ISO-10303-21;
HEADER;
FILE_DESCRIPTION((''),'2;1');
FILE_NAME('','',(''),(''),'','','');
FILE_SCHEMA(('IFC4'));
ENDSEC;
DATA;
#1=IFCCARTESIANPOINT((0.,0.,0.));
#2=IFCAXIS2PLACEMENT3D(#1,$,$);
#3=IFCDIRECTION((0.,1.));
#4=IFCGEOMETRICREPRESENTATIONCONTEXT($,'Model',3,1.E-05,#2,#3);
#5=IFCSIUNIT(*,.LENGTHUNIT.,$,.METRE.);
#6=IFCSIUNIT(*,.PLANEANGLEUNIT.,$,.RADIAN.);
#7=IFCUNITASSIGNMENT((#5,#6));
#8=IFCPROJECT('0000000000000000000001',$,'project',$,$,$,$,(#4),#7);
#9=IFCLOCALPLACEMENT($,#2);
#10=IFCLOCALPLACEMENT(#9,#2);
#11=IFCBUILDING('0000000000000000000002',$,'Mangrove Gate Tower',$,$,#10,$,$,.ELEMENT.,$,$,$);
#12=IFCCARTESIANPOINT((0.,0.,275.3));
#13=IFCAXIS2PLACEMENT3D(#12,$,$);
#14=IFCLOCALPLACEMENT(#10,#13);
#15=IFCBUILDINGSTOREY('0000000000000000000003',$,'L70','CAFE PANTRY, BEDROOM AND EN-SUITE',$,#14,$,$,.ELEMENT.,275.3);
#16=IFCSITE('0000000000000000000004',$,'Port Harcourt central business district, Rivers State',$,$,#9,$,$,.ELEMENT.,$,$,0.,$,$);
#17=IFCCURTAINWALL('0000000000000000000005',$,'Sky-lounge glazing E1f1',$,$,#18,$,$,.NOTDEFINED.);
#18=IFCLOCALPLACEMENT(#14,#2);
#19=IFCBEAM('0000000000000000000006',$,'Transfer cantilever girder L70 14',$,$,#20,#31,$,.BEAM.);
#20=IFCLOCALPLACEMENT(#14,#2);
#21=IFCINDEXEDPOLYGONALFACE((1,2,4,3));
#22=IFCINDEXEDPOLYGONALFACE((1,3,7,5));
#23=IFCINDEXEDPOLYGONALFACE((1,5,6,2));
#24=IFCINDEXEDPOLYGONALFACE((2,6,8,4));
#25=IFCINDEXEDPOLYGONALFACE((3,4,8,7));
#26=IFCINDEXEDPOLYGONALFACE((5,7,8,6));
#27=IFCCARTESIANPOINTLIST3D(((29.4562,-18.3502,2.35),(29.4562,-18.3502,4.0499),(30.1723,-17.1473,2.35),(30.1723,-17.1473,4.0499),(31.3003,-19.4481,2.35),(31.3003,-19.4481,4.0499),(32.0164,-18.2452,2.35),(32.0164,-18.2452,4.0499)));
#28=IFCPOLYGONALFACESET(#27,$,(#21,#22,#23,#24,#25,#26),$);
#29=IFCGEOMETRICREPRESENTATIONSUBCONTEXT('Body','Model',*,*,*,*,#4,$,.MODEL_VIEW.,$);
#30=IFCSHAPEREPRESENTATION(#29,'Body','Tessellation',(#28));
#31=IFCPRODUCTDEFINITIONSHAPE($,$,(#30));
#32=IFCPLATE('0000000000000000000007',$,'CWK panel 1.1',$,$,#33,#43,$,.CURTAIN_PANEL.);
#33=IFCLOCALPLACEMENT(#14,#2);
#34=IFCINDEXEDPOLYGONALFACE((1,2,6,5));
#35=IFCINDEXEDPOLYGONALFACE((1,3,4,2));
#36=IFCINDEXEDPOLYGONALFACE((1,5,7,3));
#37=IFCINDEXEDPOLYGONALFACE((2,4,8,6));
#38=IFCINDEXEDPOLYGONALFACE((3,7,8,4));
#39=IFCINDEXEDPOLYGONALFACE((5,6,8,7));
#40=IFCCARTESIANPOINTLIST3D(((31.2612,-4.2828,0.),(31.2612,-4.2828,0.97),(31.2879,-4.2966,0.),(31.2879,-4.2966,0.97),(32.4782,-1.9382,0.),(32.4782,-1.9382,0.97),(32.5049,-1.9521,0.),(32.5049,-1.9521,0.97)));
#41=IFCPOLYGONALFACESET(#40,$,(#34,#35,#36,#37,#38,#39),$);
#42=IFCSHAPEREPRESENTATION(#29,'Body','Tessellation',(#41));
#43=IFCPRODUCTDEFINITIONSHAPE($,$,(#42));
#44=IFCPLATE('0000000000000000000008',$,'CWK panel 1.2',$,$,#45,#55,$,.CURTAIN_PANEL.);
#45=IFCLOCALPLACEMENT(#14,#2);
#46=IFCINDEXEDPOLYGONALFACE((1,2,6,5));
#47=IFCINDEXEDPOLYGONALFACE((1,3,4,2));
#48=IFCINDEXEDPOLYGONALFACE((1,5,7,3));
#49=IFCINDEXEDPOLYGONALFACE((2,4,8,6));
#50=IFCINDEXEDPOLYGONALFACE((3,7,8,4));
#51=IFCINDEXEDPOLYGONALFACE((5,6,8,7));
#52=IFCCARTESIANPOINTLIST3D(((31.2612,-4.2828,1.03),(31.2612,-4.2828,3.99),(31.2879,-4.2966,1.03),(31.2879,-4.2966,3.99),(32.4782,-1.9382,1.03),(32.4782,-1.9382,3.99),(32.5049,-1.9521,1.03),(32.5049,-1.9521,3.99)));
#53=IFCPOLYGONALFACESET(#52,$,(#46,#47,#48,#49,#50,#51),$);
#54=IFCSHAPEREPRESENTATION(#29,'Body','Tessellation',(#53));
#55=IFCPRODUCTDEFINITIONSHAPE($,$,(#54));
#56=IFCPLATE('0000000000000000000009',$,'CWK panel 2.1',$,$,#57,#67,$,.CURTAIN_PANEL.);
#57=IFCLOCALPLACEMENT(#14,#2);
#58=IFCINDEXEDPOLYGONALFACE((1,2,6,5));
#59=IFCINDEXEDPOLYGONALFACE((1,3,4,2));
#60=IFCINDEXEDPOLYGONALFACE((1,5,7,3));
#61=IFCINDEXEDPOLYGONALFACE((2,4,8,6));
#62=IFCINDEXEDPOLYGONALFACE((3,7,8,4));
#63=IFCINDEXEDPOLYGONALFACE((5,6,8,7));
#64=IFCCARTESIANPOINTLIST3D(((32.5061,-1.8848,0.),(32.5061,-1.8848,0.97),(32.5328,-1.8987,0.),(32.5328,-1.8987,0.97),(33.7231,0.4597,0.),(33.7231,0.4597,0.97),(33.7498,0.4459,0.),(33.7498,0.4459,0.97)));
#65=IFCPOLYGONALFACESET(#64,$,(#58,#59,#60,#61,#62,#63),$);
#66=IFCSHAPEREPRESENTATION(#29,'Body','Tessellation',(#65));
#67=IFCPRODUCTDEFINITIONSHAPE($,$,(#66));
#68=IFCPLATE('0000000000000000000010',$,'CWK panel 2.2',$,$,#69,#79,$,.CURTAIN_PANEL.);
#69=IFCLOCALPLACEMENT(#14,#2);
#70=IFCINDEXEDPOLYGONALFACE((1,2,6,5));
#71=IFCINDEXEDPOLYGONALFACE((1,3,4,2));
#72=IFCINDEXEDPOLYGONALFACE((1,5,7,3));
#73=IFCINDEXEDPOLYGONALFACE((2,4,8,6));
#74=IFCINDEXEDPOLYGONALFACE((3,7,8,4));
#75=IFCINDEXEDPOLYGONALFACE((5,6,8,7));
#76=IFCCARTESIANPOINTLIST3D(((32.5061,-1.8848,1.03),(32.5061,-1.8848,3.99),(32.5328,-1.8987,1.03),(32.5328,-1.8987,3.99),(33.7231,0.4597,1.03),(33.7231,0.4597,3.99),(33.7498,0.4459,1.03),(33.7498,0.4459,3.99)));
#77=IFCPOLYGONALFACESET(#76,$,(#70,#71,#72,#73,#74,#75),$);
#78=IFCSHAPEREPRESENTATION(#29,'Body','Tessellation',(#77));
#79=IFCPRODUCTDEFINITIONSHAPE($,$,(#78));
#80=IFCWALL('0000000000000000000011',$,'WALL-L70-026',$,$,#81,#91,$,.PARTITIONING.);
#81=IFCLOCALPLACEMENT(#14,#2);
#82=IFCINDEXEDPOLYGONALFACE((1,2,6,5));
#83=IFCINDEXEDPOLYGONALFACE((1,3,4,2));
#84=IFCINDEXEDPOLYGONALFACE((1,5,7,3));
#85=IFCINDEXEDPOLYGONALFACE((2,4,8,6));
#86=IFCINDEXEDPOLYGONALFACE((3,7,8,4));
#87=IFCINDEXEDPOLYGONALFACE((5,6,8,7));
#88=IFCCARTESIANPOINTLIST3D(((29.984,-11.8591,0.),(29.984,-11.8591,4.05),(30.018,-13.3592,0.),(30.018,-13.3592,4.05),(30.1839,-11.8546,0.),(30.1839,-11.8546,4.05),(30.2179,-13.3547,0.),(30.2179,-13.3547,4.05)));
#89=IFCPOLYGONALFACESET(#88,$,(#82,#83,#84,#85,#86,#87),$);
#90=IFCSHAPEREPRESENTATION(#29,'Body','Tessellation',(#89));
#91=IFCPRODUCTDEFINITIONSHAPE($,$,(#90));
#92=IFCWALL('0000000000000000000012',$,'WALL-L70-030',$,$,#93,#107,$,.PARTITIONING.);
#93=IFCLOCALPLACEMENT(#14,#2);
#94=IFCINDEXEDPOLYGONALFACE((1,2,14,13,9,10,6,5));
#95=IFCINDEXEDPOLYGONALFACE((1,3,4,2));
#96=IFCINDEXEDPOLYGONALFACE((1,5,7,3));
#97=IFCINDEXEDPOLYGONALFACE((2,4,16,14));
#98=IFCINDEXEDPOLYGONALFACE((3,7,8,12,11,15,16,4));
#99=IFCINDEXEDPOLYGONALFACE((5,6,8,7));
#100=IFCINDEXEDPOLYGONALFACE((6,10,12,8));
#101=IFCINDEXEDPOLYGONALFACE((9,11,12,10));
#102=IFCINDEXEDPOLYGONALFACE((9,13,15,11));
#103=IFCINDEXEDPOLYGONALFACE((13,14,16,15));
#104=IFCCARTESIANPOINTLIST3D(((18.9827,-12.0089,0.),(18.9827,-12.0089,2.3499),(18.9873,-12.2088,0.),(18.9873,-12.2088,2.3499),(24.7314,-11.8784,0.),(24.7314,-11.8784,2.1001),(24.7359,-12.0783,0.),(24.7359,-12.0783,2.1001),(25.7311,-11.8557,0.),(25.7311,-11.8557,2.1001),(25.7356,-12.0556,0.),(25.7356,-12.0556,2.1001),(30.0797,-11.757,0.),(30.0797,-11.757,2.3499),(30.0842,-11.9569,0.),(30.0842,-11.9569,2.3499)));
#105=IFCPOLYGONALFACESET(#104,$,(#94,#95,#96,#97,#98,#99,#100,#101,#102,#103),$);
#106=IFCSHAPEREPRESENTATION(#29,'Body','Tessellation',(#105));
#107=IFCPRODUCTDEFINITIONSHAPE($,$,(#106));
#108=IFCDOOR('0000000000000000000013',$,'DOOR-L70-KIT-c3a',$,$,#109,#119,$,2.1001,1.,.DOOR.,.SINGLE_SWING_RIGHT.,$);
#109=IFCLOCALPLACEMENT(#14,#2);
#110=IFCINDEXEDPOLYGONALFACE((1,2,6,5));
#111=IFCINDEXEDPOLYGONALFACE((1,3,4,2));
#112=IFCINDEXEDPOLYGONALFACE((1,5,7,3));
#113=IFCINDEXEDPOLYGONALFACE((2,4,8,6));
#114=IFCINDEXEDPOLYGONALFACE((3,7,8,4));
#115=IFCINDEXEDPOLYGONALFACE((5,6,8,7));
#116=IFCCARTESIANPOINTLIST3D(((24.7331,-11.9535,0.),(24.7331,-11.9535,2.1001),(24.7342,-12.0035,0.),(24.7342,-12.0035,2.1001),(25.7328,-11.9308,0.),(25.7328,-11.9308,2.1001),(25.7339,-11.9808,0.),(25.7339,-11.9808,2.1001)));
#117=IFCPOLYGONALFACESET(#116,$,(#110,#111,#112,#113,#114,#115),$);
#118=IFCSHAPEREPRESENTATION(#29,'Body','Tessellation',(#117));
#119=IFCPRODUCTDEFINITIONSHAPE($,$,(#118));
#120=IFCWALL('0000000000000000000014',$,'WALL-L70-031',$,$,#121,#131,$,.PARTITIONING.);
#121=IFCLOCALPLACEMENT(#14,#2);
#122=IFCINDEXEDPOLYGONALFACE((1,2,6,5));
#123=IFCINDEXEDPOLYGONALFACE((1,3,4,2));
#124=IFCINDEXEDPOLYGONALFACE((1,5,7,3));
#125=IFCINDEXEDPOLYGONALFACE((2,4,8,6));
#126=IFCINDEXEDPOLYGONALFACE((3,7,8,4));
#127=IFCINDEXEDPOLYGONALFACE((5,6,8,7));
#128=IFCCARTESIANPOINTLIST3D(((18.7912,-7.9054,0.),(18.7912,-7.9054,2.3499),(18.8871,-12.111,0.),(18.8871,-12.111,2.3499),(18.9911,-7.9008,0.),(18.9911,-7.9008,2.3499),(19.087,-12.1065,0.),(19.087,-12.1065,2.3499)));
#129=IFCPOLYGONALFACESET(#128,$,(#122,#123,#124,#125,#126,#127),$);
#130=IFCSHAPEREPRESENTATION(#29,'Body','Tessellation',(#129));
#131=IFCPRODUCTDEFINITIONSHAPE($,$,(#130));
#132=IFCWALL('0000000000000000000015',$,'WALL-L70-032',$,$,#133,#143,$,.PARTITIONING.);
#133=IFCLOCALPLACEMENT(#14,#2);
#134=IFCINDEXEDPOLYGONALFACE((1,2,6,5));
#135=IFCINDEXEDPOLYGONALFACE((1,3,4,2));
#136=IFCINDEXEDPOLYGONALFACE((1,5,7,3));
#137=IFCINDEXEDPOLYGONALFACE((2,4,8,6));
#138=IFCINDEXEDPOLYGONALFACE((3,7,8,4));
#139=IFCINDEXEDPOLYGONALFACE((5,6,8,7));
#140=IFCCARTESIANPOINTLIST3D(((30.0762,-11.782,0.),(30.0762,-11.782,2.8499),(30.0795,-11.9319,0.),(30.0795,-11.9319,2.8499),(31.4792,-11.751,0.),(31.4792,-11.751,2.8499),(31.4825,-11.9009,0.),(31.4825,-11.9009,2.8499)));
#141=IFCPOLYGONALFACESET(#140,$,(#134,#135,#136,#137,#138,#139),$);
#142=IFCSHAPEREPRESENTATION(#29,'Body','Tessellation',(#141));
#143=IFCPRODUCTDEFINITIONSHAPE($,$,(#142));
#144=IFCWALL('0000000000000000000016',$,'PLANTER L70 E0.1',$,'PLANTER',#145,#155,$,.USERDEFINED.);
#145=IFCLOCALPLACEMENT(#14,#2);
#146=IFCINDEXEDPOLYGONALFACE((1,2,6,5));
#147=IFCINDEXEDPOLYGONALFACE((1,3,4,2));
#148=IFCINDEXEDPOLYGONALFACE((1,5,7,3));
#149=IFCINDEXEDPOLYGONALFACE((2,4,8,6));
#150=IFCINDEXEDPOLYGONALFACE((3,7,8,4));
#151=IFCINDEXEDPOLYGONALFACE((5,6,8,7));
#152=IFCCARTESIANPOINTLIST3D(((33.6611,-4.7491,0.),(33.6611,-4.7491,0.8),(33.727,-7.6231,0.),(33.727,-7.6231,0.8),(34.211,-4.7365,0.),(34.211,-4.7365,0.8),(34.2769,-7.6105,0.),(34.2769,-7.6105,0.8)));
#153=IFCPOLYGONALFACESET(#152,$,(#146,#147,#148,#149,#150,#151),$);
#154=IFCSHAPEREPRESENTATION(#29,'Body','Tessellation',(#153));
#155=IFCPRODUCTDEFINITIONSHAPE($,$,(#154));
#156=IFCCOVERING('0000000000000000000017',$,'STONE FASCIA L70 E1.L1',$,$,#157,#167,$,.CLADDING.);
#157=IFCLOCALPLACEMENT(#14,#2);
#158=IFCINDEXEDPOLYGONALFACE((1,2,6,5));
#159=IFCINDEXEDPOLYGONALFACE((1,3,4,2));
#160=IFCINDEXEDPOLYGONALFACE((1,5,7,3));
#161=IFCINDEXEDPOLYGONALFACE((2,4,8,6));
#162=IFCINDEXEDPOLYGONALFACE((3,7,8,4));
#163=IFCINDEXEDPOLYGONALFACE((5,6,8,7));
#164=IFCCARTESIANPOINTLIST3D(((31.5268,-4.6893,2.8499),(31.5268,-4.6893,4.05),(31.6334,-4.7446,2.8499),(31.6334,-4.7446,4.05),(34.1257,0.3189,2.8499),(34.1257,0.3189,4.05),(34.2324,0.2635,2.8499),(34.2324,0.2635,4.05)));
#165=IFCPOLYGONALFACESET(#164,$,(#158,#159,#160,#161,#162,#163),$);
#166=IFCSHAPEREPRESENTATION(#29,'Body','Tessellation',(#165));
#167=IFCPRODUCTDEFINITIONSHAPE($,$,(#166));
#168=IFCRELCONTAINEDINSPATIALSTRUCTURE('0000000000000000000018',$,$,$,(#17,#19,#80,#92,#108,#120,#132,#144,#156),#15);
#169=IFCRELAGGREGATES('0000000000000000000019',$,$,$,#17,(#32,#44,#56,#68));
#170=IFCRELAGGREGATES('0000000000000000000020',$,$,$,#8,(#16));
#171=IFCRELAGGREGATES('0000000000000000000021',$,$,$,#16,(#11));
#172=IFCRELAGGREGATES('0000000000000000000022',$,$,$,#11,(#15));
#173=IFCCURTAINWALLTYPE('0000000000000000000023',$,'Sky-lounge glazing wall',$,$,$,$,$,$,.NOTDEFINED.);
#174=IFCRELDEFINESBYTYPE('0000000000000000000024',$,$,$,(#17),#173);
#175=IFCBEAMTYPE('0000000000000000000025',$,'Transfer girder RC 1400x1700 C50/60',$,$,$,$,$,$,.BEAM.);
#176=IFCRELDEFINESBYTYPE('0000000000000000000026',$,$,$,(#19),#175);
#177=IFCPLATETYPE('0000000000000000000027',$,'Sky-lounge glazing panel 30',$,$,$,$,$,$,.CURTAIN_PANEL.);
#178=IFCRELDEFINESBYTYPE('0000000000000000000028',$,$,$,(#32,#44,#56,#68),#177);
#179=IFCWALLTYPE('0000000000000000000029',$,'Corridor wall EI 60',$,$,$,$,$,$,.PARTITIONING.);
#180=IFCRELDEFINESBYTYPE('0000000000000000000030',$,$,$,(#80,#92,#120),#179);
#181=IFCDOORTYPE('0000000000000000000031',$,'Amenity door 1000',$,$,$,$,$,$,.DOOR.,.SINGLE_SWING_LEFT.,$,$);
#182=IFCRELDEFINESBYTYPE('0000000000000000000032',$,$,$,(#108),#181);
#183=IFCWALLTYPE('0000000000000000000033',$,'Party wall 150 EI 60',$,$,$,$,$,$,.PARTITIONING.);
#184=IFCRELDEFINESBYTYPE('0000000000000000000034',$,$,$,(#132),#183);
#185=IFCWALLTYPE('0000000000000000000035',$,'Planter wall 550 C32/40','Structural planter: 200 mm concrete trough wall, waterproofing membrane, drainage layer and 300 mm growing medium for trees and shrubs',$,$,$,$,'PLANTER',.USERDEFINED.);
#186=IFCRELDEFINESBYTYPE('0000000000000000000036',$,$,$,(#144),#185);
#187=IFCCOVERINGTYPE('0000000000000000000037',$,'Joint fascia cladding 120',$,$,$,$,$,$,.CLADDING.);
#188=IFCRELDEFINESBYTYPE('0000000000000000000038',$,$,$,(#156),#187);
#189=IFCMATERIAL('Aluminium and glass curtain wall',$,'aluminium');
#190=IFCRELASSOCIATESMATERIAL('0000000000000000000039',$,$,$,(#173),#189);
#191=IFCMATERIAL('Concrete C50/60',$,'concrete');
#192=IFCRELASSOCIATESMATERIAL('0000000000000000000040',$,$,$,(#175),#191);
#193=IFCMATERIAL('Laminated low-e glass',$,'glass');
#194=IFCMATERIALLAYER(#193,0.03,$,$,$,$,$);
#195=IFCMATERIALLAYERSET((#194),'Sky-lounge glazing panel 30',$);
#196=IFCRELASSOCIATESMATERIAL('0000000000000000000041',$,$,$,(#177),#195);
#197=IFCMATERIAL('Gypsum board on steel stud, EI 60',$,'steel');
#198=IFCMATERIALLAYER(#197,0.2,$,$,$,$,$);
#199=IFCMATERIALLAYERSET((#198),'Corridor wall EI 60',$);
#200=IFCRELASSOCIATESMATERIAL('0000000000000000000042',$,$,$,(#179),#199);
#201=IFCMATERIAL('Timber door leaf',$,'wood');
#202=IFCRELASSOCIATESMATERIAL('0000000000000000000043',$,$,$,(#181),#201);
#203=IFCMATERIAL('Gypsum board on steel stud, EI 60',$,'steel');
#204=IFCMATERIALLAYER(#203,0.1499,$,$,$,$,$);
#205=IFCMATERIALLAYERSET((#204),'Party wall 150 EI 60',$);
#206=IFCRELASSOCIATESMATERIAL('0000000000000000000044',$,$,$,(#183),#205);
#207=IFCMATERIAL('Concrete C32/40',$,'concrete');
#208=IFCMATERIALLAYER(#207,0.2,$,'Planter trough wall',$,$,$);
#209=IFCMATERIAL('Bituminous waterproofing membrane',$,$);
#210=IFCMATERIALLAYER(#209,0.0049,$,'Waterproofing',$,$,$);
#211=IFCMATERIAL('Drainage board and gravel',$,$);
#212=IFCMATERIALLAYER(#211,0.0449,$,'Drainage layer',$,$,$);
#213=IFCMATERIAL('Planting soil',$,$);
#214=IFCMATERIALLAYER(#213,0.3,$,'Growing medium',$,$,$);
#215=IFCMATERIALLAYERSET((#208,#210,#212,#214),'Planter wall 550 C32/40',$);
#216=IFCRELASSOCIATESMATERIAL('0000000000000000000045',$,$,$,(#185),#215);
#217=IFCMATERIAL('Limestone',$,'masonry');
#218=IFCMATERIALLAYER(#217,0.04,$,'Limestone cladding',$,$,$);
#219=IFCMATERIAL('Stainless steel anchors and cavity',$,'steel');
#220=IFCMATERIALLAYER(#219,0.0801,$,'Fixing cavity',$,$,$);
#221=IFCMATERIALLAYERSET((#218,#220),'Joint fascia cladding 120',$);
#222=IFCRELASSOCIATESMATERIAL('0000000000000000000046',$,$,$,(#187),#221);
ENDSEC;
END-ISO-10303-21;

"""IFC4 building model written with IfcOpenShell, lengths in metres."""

from ifc_helpers import new_model, si_unit, direction, frame, frame_2d, origin, origin_2d, place, context, subcontext, project, spatial, rectangle, extrude, material, layer, layer_set, material_profile, profile_set, type_object, element, fill, aggregate, save


model = new_model("IFC4")

# Units and contexts
model_context = context("Model", 3, precision=1e-05, world=origin(), true_north=direction((0.0, 1.0)))
body_context = subcontext(model_context, "Body", "Model", "MODEL_VIEW")
ifc_project = project(units=[si_unit("LENGTHUNIT", "METRE"), si_unit("PLANEANGLEUNIT", "RADIAN")], contexts=[model_context])

# Site, building, storey
site_placement = place(None, origin())
site = spatial("IfcSite", under=ifc_project, at=site_placement, Name="Port Harcourt central business district, Rivers State", CompositionType="ELEMENT", RefElevation=0.0)
building_placement = place(site_placement, origin())
building = spatial("IfcBuilding", under=site, at=building_placement, Name="Mangrove Gate Tower", CompositionType="ELEMENT")
storey_placement = place(building_placement, frame((0.0, 0.0, 275.3)))
storey = spatial("IfcBuildingStorey", under=building, at=storey_placement, Name="L70", Description="CAFE PANTRY, BEDROOM AND EN-SUITE", CompositionType="ELEMENT", Elevation=275.3)

# Curtain wall
ifc_material_1 = material(Name="Aluminium and glass curtain wall", Category="aluminium")
curtain_wall_type = type_object("IfcCurtainWallType", Name="Sky-lounge glazing wall", PredefinedType="NOTDEFINED", material=ifc_material_1)
curtain_wall_placement = place(storey_placement, origin())
curtain_wall = element("IfcCurtainWall", 1, at=curtain_wall_placement, inside=storey, type_object=curtain_wall_type, Name="Sky-lounge glazing E1f1", PredefinedType="NOTDEFINED")

# Beam
ifc_material_2 = material(Name="Concrete C50/60", Category="concrete")
ifc_material_profile_1 = material_profile(ifc_material_2, rectangle(XDim=1.3999, YDim=1.7, at=origin_2d()))
ifc_profile_set_1 = profile_set([ifc_material_profile_1], Name="Concrete C50/60")
beam_type_1 = type_object("IfcBeamType", Name="Transfer girder RC 1400x1700 C50/60", PredefinedType="BEAM", material=ifc_profile_set_1)
beam_1_placement = place(storey_placement, frame((29.8142, -17.7488, 3.2), z_axis=(0.859264, -0.511532, 0.0), x_axis=(0.511532, 0.859264, 0.0)))
element("IfcBeam", 2, at=beam_1_placement, inside=storey, type_object=beam_type_1, Name="Transfer cantilever girder L70 14", PredefinedType="BEAM", context=body_context, shape_type="SweptSolid", body=[
    extrude(rectangle(XDim=1.3999, YDim=1.7, at=origin_2d()), origin(), (0.0, 0.0, 1.0), 2.1462),
])

# Plates
ifc_material_3 = material(Name="Laminated low-e glass", Category="glass")
ifc_layer_1 = layer(ifc_material_3, 0.03)
ifc_layer_set_1 = layer_set([ifc_layer_1], Name="Sky-lounge glazing panel 30")
plate_type = type_object("IfcPlateType", Name="Sky-lounge glazing panel 30", PredefinedType="CURTAIN_PANEL", material=ifc_layer_set_1)
plate_1_placement = place(storey_placement, frame((31.8831, -3.1174, 0.0), z_axis=(0.0, 0.0, 1.0), x_axis=(0.460707, 0.887552, 0.0)))
plate_1 = element("IfcPlate", 3, at=plate_1_placement, type_object=plate_type, Name="CWK panel 1.1", PredefinedType="CURTAIN_PANEL", context=body_context, shape_type="SweptSolid", body=[
    extrude(rectangle(XDim=2.6416, YDim=0.03, at=origin_2d()), origin(), (0.0, 0.0, 1.0), 0.97),
])
plate_2_placement = place(storey_placement, frame((31.8831, -3.1174, 1.03), z_axis=(0.0, 0.0, 1.0), x_axis=(0.460707, 0.887552, 0.0)))
plate_2 = element("IfcPlate", 4, at=plate_2_placement, type_object=plate_type, Name="CWK panel 1.2", PredefinedType="CURTAIN_PANEL", context=body_context, shape_type="SweptSolid", body=[
    extrude(rectangle(XDim=2.6416, YDim=0.03, at=origin_2d()), origin(), (0.0, 0.0, 1.0), 2.96),
])
plate_3_placement = place(storey_placement, frame((33.1279, -0.7195, 0.0), z_axis=(0.0, 0.0, 1.0), x_axis=(0.460707, 0.887552, 0.0)))
plate_3 = element("IfcPlate", 5, at=plate_3_placement, type_object=plate_type, Name="CWK panel 2.1", PredefinedType="CURTAIN_PANEL", context=body_context, shape_type="SweptSolid", body=[
    extrude(rectangle(XDim=2.6416, YDim=0.03, at=origin_2d()), origin(), (0.0, 0.0, 1.0), 0.97),
])
plate_4_placement = place(storey_placement, frame((33.1279, -0.7195, 1.03), z_axis=(0.0, 0.0, 1.0), x_axis=(0.460707, 0.887552, 0.0)))
plate_4 = element("IfcPlate", 6, at=plate_4_placement, type_object=plate_type, Name="CWK panel 2.2", PredefinedType="CURTAIN_PANEL", context=body_context, shape_type="SweptSolid", body=[
    extrude(rectangle(XDim=2.6416, YDim=0.03, at=origin_2d()), origin(), (0.0, 0.0, 1.0), 2.96),
])
aggregate(curtain_wall, [plate_1, plate_2, plate_3, plate_4])

# Wall
ifc_material_4 = material(Name="Gypsum board on steel stud, EI 60", Category="steel")
ifc_layer_2 = layer(ifc_material_4, 0.2)
ifc_layer_set_2 = layer_set([ifc_layer_2], Name="Corridor wall EI 60")
wall_type_1 = type_object("IfcWallType", Name="Corridor wall EI 60", PredefinedType="PARTITIONING", material=ifc_layer_set_2)
wall_1_placement = place(storey_placement, frame((30.1179, -13.3569, 0.0), z_axis=(0.0, 0.0, 1.0), x_axis=(-0.022618, 0.999744, 0.0)))
element("IfcWall", 7, at=wall_1_placement, inside=storey, type_object=wall_type_1, Name="WALL-L70-026", PredefinedType="PARTITIONING", context=body_context, shape_type="SweptSolid", body=[
    extrude(rectangle(XDim=1.5005, YDim=0.2, at=frame_2d((0.7502, 0.0))), origin(), (0.0, 0.0, 1.0), 4.05),
])

# Wall, opening, door
wall_2_placement = place(storey_placement, frame((18.9851, -12.1089, 0.0), z_axis=(0.0, 0.0, 1.0), x_axis=(0.999742, 0.022699, 0.0)))
wall_2 = element("IfcWall", 8, at=wall_2_placement, inside=storey, type_object=wall_type_1, Name="WALL-L70-030", PredefinedType="PARTITIONING", context=body_context, shape_type="SweptSolid", body=[
    extrude(rectangle(XDim=11.0999, YDim=0.2, at=frame_2d((5.5498, 0.0))), origin(), (0.0, 0.0, 1.0), 2.3499),
])
opening_placement = place(wall_2_placement, frame((5.75, 0.0, 0.0)))
opening = element("IfcOpeningElement", 9, at=opening_placement, cuts=wall_2, PredefinedType="OPENING", context=body_context, shape_type="SweptSolid", body=[
    extrude(rectangle(XDim=1.0, YDim=2.1001, at=frame_2d((0.5, 1.05))), frame((0.0, 0.1099, 0.0), z_axis=(0.0, -1.0, 0.0), x_axis=(1.0, 0.0, 0.0)), (0.0, 0.0, 1.0), 0.22),
])
ifc_material_5 = material(Name="Timber door leaf", Category="wood")
door_type = type_object("IfcDoorType", Name="Amenity door 1000", OperationType="SINGLE_SWING_LEFT", PredefinedType="DOOR", material=ifc_material_5)
door_placement = place(opening_placement, origin())
door = element("IfcDoor", 10, at=door_placement, inside=storey, type_object=door_type, Name="DOOR-L70-KIT-c3a", OperationType="SINGLE_SWING_RIGHT", OverallHeight=2.1001, OverallWidth=1.0, PredefinedType="DOOR", context=body_context, shape_type="SweptSolid", body=[
    extrude(rectangle(XDim=1.0, YDim=2.1001, at=frame_2d((0.5, 1.05))), frame((0.0, 0.0249, 0.0), z_axis=(0.0, -1.0, 0.0), x_axis=(1.0, 0.0, 0.0)), (0.0, 0.0, 1.0), 0.05),
])
fill(opening, door)

# Walls
wall_3_placement = place(storey_placement, frame((18.9871, -12.1089, 0.0), z_axis=(0.0, 0.0, 1.0), x_axis=(-0.022807, 0.99974, 0.0)))
element("IfcWall", 11, at=wall_3_placement, inside=storey, type_object=wall_type_1, Name="WALL-L70-031", PredefinedType="PARTITIONING", context=body_context, shape_type="SweptSolid", body=[
    extrude(rectangle(XDim=4.2068, YDim=0.2, at=frame_2d((2.1035, 0.0))), origin(), (0.0, 0.0, 1.0), 2.3499),
])
ifc_material_6 = material(Name="Gypsum board on steel stud, EI 60", Category="steel")
ifc_layer_3 = layer(ifc_material_6, 0.1499)
ifc_layer_set_3 = layer_set([ifc_layer_3], Name="Party wall 150 EI 60")
wall_type_2 = type_object("IfcWallType", Name="Party wall 150 EI 60", PredefinedType="PARTITIONING", material=ifc_layer_set_3)
wall_4_placement = place(storey_placement, frame((30.0779, -11.8569, 0.0), z_axis=(0.0, 0.0, 1.0), x_axis=(0.999756, 0.022093, 0.0)))
element("IfcWall", 12, at=wall_4_placement, inside=storey, type_object=wall_type_2, Name="WALL-L70-032", PredefinedType="PARTITIONING", context=body_context, shape_type="SweptSolid", body=[
    extrude(rectangle(XDim=1.4033, YDim=0.1499, at=frame_2d((0.7017, 0.0))), origin(), (0.0, 0.0, 1.0), 2.8499),
])
ifc_material_7 = material(Name="Concrete C32/40", Category="concrete")
ifc_layer_4 = layer(ifc_material_7, 0.2, Name="Planter trough wall")
ifc_material_8 = material(Name="Bituminous waterproofing membrane")
ifc_layer_5 = layer(ifc_material_8, 0.0049, Name="Waterproofing")
ifc_material_9 = material(Name="Drainage board and gravel")
ifc_layer_6 = layer(ifc_material_9, 0.0449, Name="Drainage layer")
ifc_material_10 = material(Name="Planting soil")
ifc_layer_7 = layer(ifc_material_10, 0.3, Name="Growing medium")
ifc_layer_set_4 = layer_set([ifc_layer_4, ifc_layer_5, ifc_layer_6, ifc_layer_7], Name="Planter wall 550 C32/40")
wall_type_3 = type_object("IfcWallType", Name="Planter wall 550 C32/40", Description="Structural planter: 200 mm concrete trough wall, waterproofing membrane, drainage layer and 300 mm growing medium for trees and shrubs", ElementType="PLANTER", PredefinedType="USERDEFINED", material=ifc_layer_set_4)
wall_5_placement = place(storey_placement, frame((34.002, -7.6169, 0.0), z_axis=(0.0, 0.0, 1.0), x_axis=(-0.02293, 0.999737, 0.0)))
element("IfcWall", 13, at=wall_5_placement, inside=storey, type_object=wall_type_3, Name="PLANTER L70 E0.1", ObjectType="PLANTER", PredefinedType="USERDEFINED", context=body_context, shape_type="SweptSolid", body=[
    extrude(rectangle(XDim=2.8748, YDim=0.55, at=frame_2d((1.4375, 0.0))), origin(), (0.0, 0.0, 1.0), 0.8),
])

# Covering
ifc_material_11 = material(Name="Limestone", Category="masonry")
ifc_layer_8 = layer(ifc_material_11, 0.04, Name="Limestone cladding")
ifc_material_12 = material(Name="Stainless steel anchors and cavity", Category="steel")
ifc_layer_9 = layer(ifc_material_12, 0.0801, Name="Fixing cavity")
ifc_layer_set_5 = layer_set([ifc_layer_8, ifc_layer_9], Name="Joint fascia cladding 120")
covering_type = type_object("IfcCoveringType", Name="Joint fascia cladding 120", PredefinedType="CLADDING", material=ifc_layer_set_5)
covering_placement = place(storey_placement, frame((31.5801, -4.717, 2.8499), z_axis=(0.0, 0.0, 1.0), x_axis=(0.460611, 0.887602, 0.0)))
element("IfcCovering", 14, at=covering_placement, inside=storey, type_object=covering_type, Name="STONE FASCIA L70 E1.L1", PredefinedType="CLADDING", context=body_context, shape_type="SweptSolid", body=[
    extrude(rectangle(XDim=5.6423, YDim=0.1201, at=frame_2d((2.8213, 0.0))), origin(), (0.0, 0.0, 1.0), 1.2002),
])

save(model, "model.ifc")
